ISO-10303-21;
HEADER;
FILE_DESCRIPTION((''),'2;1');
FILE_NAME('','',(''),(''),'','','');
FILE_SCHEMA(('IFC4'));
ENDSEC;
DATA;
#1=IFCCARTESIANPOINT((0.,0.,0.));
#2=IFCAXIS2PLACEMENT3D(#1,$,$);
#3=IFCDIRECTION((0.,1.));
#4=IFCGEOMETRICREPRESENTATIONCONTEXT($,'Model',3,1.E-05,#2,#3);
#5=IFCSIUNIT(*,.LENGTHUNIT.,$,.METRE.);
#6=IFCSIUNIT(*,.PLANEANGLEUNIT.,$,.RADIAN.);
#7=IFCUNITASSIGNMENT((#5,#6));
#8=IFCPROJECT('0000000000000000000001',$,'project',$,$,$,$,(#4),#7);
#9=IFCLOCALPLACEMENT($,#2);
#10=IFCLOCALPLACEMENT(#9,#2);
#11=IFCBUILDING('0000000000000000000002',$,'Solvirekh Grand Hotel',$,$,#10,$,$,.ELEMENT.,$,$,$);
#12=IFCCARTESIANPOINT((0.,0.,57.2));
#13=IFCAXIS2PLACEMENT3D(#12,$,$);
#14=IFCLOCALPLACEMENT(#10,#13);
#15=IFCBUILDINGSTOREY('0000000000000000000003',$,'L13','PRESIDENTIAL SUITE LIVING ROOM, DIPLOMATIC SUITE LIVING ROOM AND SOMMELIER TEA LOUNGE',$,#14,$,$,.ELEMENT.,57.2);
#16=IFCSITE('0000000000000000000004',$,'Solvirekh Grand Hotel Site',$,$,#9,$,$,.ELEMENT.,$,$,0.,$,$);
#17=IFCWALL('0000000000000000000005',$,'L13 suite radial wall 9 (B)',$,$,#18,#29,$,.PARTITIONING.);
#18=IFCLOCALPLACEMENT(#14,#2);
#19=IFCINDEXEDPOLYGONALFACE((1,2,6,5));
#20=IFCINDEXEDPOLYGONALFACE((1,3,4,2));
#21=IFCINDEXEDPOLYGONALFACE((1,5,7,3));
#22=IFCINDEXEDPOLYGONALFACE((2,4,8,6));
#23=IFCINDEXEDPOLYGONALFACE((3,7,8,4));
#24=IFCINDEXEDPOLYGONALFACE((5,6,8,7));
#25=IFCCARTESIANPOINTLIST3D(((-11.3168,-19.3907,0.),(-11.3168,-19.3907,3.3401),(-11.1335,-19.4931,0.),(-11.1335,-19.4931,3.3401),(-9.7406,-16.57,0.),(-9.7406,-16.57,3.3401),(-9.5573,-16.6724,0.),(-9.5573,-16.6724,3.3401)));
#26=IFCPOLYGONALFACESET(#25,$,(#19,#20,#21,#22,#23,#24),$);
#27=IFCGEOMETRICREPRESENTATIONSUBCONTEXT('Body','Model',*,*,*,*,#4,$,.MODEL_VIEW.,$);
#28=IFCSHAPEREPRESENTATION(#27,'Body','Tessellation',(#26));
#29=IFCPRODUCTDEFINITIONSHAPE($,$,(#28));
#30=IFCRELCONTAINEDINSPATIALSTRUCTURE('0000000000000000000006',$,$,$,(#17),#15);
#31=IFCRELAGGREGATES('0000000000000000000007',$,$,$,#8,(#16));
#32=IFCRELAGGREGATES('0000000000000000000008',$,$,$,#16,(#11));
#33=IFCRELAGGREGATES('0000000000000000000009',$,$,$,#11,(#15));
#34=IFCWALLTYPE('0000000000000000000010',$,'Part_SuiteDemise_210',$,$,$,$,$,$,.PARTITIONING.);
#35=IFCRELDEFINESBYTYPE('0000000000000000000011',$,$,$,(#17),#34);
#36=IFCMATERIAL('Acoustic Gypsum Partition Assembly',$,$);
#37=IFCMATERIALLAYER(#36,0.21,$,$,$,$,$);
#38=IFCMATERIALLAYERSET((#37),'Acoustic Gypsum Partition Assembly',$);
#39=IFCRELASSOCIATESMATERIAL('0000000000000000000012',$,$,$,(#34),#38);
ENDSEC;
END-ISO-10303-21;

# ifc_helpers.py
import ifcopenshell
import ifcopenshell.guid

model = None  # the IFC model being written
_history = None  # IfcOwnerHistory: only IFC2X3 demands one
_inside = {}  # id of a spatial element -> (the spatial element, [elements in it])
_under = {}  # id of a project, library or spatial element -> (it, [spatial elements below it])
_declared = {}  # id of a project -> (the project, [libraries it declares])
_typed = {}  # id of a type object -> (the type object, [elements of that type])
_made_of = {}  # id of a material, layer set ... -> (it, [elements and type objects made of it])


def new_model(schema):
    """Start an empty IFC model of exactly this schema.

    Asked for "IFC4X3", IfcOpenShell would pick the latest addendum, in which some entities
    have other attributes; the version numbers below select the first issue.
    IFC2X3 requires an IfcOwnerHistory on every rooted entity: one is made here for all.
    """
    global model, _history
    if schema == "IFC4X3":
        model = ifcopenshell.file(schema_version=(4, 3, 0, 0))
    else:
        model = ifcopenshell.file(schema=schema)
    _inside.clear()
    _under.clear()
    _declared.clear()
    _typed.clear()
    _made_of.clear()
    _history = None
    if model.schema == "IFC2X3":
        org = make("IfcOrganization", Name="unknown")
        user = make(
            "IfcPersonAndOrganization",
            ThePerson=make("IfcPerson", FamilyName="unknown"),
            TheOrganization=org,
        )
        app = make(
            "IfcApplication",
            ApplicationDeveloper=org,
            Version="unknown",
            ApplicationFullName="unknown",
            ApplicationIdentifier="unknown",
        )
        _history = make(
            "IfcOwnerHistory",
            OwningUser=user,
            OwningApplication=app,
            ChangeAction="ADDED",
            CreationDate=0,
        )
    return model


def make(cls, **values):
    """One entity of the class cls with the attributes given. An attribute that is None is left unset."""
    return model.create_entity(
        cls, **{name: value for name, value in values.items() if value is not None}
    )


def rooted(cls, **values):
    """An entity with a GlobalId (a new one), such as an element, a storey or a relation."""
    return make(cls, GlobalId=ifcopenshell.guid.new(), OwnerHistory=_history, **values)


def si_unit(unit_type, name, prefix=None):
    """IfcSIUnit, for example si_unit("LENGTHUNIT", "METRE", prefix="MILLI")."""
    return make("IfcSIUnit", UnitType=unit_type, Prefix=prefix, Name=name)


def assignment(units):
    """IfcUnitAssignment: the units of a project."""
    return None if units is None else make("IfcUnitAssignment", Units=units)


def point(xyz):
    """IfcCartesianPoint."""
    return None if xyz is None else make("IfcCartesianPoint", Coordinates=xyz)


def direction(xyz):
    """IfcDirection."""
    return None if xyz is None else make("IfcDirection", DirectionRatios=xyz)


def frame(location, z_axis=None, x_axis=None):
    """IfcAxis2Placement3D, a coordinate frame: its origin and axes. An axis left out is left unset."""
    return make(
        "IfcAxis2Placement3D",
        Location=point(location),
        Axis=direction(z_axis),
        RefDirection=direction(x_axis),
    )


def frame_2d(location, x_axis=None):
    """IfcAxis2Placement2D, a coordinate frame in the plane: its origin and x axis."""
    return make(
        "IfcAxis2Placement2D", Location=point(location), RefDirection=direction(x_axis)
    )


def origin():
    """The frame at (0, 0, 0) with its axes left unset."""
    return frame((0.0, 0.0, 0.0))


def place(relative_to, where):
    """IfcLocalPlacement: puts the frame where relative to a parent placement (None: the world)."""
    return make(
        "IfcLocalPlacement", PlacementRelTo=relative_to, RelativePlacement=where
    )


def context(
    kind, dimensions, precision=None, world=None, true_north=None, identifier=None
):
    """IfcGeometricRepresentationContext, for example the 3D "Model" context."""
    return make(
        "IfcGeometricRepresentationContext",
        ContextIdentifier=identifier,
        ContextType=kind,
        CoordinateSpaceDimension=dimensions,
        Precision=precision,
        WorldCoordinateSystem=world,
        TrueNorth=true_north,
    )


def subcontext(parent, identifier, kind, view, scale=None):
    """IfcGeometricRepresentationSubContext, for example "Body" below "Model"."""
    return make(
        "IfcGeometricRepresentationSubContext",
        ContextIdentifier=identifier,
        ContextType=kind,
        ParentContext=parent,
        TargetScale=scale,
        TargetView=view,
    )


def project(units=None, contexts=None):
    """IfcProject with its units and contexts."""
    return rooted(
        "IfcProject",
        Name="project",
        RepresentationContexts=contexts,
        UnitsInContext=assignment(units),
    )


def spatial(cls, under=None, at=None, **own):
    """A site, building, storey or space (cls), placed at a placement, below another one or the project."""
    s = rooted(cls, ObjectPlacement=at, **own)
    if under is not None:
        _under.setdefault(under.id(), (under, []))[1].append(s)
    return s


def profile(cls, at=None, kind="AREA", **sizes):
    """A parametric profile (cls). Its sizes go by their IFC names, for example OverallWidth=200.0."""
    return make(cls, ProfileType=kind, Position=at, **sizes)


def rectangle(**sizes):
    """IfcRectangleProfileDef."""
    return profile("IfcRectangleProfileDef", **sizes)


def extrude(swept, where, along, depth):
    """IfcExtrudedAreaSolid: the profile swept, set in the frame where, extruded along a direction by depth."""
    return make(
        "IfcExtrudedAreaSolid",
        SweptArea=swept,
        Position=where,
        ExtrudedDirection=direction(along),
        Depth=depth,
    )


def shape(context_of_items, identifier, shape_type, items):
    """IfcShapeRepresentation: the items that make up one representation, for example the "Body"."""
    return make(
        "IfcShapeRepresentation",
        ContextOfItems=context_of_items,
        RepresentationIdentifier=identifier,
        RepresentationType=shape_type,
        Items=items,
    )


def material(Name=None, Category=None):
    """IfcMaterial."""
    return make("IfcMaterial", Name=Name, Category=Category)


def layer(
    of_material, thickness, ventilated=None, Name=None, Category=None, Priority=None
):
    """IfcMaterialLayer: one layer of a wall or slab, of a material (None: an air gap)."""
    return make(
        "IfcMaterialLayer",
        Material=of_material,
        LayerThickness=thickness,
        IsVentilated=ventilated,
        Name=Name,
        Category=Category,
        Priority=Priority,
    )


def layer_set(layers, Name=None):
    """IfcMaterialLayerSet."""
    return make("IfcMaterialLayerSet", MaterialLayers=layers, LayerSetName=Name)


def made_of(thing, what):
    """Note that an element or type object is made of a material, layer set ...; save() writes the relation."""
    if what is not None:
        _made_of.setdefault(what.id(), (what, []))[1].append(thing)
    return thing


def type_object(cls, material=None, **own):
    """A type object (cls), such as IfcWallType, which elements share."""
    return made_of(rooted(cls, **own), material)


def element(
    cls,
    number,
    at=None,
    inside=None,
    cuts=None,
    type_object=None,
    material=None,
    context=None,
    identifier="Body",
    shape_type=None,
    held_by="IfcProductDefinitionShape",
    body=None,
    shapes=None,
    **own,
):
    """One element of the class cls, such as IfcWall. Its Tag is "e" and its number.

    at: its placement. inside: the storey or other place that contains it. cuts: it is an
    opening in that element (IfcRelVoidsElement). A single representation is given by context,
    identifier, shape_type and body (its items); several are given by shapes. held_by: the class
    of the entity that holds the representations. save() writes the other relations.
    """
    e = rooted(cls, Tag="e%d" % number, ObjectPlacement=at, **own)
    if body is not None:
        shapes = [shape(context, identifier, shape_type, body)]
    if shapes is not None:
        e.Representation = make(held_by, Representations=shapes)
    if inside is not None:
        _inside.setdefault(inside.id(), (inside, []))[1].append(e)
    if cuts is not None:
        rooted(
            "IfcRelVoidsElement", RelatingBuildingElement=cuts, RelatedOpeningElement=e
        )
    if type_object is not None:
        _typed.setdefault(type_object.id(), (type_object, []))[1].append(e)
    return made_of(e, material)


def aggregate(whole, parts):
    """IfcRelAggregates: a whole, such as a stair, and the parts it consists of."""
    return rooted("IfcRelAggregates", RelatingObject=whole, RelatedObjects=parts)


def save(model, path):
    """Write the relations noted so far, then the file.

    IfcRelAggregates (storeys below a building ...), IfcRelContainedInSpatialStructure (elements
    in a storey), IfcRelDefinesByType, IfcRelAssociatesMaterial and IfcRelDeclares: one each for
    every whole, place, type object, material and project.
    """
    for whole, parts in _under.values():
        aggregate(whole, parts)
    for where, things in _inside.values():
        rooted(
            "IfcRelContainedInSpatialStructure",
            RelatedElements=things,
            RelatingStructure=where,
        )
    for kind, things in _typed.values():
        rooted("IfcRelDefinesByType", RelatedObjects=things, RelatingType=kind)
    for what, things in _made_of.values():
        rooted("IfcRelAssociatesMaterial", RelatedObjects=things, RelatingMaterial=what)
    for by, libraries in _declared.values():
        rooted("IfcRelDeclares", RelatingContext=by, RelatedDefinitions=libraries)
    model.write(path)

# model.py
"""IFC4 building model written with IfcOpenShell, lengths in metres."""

from ifc_helpers import new_model, si_unit, direction, frame, frame_2d, origin, place, context, subcontext, project, spatial, rectangle, extrude, material, layer, layer_set, type_object, element, save


model = new_model("IFC4")

# Units and contexts
model_context = context("Model", 3, precision=1e-05, world=origin(), true_north=direction((0.0, 1.0)))
body_context = subcontext(model_context, "Body", "Model", "MODEL_VIEW")
ifc_project = project(units=[si_unit("LENGTHUNIT", "METRE"), si_unit("PLANEANGLEUNIT", "RADIAN")], contexts=[model_context])

# Site, building, storey
site_placement = place(None, origin())
site = spatial("IfcSite", under=ifc_project, at=site_placement, Name="Solvirekh Grand Hotel Site", CompositionType="ELEMENT", RefElevation=0.0)
building_placement = place(site_placement, origin())
building = spatial("IfcBuilding", under=site, at=building_placement, Name="Solvirekh Grand Hotel", CompositionType="ELEMENT")
storey_placement = place(building_placement, frame((0.0, 0.0, 57.2)))
storey = spatial("IfcBuildingStorey", under=building, at=storey_placement, Name="L13", Description="PRESIDENTIAL SUITE LIVING ROOM, DIPLOMATIC SUITE LIVING ROOM AND SOMMELIER TEA LOUNGE", CompositionType="ELEMENT", Elevation=57.2)

# Shared definitions
ifc_material_1 = material(Name="Acoustic Gypsum Partition Assembly")

# Wall
ifc_layer_1 = layer(ifc_material_1, 0.21)
ifc_layer_set_1 = layer_set([ifc_layer_1], Name="Acoustic Gypsum Partition Assembly")
wall_type_1 = type_object("IfcWallType", Name="Part_SuiteDemise_210", PredefinedType="PARTITIONING", material=ifc_layer_set_1)
wall_1_placement = place(storey_placement, frame((-9.6489, -16.6211, 0.0), z_axis=(0.0, 0.0, 1.0), x_axis=(-0.487784, -0.872964, 0.0)))
element("IfcWall", 1, at=wall_1_placement, inside=storey, type_object=wall_type_1, Name="L13 suite radial wall 9 (B)", PredefinedType="PARTITIONING", context=body_context, shape_type="SweptSolid", body=[
    extrude(rectangle(XDim=3.2312, YDim=0.21, at=frame_2d((1.6157, 0.0))), origin(), (0.0, 0.0, 1.0), 3.3401),
])

save(model, "model.ifc")
